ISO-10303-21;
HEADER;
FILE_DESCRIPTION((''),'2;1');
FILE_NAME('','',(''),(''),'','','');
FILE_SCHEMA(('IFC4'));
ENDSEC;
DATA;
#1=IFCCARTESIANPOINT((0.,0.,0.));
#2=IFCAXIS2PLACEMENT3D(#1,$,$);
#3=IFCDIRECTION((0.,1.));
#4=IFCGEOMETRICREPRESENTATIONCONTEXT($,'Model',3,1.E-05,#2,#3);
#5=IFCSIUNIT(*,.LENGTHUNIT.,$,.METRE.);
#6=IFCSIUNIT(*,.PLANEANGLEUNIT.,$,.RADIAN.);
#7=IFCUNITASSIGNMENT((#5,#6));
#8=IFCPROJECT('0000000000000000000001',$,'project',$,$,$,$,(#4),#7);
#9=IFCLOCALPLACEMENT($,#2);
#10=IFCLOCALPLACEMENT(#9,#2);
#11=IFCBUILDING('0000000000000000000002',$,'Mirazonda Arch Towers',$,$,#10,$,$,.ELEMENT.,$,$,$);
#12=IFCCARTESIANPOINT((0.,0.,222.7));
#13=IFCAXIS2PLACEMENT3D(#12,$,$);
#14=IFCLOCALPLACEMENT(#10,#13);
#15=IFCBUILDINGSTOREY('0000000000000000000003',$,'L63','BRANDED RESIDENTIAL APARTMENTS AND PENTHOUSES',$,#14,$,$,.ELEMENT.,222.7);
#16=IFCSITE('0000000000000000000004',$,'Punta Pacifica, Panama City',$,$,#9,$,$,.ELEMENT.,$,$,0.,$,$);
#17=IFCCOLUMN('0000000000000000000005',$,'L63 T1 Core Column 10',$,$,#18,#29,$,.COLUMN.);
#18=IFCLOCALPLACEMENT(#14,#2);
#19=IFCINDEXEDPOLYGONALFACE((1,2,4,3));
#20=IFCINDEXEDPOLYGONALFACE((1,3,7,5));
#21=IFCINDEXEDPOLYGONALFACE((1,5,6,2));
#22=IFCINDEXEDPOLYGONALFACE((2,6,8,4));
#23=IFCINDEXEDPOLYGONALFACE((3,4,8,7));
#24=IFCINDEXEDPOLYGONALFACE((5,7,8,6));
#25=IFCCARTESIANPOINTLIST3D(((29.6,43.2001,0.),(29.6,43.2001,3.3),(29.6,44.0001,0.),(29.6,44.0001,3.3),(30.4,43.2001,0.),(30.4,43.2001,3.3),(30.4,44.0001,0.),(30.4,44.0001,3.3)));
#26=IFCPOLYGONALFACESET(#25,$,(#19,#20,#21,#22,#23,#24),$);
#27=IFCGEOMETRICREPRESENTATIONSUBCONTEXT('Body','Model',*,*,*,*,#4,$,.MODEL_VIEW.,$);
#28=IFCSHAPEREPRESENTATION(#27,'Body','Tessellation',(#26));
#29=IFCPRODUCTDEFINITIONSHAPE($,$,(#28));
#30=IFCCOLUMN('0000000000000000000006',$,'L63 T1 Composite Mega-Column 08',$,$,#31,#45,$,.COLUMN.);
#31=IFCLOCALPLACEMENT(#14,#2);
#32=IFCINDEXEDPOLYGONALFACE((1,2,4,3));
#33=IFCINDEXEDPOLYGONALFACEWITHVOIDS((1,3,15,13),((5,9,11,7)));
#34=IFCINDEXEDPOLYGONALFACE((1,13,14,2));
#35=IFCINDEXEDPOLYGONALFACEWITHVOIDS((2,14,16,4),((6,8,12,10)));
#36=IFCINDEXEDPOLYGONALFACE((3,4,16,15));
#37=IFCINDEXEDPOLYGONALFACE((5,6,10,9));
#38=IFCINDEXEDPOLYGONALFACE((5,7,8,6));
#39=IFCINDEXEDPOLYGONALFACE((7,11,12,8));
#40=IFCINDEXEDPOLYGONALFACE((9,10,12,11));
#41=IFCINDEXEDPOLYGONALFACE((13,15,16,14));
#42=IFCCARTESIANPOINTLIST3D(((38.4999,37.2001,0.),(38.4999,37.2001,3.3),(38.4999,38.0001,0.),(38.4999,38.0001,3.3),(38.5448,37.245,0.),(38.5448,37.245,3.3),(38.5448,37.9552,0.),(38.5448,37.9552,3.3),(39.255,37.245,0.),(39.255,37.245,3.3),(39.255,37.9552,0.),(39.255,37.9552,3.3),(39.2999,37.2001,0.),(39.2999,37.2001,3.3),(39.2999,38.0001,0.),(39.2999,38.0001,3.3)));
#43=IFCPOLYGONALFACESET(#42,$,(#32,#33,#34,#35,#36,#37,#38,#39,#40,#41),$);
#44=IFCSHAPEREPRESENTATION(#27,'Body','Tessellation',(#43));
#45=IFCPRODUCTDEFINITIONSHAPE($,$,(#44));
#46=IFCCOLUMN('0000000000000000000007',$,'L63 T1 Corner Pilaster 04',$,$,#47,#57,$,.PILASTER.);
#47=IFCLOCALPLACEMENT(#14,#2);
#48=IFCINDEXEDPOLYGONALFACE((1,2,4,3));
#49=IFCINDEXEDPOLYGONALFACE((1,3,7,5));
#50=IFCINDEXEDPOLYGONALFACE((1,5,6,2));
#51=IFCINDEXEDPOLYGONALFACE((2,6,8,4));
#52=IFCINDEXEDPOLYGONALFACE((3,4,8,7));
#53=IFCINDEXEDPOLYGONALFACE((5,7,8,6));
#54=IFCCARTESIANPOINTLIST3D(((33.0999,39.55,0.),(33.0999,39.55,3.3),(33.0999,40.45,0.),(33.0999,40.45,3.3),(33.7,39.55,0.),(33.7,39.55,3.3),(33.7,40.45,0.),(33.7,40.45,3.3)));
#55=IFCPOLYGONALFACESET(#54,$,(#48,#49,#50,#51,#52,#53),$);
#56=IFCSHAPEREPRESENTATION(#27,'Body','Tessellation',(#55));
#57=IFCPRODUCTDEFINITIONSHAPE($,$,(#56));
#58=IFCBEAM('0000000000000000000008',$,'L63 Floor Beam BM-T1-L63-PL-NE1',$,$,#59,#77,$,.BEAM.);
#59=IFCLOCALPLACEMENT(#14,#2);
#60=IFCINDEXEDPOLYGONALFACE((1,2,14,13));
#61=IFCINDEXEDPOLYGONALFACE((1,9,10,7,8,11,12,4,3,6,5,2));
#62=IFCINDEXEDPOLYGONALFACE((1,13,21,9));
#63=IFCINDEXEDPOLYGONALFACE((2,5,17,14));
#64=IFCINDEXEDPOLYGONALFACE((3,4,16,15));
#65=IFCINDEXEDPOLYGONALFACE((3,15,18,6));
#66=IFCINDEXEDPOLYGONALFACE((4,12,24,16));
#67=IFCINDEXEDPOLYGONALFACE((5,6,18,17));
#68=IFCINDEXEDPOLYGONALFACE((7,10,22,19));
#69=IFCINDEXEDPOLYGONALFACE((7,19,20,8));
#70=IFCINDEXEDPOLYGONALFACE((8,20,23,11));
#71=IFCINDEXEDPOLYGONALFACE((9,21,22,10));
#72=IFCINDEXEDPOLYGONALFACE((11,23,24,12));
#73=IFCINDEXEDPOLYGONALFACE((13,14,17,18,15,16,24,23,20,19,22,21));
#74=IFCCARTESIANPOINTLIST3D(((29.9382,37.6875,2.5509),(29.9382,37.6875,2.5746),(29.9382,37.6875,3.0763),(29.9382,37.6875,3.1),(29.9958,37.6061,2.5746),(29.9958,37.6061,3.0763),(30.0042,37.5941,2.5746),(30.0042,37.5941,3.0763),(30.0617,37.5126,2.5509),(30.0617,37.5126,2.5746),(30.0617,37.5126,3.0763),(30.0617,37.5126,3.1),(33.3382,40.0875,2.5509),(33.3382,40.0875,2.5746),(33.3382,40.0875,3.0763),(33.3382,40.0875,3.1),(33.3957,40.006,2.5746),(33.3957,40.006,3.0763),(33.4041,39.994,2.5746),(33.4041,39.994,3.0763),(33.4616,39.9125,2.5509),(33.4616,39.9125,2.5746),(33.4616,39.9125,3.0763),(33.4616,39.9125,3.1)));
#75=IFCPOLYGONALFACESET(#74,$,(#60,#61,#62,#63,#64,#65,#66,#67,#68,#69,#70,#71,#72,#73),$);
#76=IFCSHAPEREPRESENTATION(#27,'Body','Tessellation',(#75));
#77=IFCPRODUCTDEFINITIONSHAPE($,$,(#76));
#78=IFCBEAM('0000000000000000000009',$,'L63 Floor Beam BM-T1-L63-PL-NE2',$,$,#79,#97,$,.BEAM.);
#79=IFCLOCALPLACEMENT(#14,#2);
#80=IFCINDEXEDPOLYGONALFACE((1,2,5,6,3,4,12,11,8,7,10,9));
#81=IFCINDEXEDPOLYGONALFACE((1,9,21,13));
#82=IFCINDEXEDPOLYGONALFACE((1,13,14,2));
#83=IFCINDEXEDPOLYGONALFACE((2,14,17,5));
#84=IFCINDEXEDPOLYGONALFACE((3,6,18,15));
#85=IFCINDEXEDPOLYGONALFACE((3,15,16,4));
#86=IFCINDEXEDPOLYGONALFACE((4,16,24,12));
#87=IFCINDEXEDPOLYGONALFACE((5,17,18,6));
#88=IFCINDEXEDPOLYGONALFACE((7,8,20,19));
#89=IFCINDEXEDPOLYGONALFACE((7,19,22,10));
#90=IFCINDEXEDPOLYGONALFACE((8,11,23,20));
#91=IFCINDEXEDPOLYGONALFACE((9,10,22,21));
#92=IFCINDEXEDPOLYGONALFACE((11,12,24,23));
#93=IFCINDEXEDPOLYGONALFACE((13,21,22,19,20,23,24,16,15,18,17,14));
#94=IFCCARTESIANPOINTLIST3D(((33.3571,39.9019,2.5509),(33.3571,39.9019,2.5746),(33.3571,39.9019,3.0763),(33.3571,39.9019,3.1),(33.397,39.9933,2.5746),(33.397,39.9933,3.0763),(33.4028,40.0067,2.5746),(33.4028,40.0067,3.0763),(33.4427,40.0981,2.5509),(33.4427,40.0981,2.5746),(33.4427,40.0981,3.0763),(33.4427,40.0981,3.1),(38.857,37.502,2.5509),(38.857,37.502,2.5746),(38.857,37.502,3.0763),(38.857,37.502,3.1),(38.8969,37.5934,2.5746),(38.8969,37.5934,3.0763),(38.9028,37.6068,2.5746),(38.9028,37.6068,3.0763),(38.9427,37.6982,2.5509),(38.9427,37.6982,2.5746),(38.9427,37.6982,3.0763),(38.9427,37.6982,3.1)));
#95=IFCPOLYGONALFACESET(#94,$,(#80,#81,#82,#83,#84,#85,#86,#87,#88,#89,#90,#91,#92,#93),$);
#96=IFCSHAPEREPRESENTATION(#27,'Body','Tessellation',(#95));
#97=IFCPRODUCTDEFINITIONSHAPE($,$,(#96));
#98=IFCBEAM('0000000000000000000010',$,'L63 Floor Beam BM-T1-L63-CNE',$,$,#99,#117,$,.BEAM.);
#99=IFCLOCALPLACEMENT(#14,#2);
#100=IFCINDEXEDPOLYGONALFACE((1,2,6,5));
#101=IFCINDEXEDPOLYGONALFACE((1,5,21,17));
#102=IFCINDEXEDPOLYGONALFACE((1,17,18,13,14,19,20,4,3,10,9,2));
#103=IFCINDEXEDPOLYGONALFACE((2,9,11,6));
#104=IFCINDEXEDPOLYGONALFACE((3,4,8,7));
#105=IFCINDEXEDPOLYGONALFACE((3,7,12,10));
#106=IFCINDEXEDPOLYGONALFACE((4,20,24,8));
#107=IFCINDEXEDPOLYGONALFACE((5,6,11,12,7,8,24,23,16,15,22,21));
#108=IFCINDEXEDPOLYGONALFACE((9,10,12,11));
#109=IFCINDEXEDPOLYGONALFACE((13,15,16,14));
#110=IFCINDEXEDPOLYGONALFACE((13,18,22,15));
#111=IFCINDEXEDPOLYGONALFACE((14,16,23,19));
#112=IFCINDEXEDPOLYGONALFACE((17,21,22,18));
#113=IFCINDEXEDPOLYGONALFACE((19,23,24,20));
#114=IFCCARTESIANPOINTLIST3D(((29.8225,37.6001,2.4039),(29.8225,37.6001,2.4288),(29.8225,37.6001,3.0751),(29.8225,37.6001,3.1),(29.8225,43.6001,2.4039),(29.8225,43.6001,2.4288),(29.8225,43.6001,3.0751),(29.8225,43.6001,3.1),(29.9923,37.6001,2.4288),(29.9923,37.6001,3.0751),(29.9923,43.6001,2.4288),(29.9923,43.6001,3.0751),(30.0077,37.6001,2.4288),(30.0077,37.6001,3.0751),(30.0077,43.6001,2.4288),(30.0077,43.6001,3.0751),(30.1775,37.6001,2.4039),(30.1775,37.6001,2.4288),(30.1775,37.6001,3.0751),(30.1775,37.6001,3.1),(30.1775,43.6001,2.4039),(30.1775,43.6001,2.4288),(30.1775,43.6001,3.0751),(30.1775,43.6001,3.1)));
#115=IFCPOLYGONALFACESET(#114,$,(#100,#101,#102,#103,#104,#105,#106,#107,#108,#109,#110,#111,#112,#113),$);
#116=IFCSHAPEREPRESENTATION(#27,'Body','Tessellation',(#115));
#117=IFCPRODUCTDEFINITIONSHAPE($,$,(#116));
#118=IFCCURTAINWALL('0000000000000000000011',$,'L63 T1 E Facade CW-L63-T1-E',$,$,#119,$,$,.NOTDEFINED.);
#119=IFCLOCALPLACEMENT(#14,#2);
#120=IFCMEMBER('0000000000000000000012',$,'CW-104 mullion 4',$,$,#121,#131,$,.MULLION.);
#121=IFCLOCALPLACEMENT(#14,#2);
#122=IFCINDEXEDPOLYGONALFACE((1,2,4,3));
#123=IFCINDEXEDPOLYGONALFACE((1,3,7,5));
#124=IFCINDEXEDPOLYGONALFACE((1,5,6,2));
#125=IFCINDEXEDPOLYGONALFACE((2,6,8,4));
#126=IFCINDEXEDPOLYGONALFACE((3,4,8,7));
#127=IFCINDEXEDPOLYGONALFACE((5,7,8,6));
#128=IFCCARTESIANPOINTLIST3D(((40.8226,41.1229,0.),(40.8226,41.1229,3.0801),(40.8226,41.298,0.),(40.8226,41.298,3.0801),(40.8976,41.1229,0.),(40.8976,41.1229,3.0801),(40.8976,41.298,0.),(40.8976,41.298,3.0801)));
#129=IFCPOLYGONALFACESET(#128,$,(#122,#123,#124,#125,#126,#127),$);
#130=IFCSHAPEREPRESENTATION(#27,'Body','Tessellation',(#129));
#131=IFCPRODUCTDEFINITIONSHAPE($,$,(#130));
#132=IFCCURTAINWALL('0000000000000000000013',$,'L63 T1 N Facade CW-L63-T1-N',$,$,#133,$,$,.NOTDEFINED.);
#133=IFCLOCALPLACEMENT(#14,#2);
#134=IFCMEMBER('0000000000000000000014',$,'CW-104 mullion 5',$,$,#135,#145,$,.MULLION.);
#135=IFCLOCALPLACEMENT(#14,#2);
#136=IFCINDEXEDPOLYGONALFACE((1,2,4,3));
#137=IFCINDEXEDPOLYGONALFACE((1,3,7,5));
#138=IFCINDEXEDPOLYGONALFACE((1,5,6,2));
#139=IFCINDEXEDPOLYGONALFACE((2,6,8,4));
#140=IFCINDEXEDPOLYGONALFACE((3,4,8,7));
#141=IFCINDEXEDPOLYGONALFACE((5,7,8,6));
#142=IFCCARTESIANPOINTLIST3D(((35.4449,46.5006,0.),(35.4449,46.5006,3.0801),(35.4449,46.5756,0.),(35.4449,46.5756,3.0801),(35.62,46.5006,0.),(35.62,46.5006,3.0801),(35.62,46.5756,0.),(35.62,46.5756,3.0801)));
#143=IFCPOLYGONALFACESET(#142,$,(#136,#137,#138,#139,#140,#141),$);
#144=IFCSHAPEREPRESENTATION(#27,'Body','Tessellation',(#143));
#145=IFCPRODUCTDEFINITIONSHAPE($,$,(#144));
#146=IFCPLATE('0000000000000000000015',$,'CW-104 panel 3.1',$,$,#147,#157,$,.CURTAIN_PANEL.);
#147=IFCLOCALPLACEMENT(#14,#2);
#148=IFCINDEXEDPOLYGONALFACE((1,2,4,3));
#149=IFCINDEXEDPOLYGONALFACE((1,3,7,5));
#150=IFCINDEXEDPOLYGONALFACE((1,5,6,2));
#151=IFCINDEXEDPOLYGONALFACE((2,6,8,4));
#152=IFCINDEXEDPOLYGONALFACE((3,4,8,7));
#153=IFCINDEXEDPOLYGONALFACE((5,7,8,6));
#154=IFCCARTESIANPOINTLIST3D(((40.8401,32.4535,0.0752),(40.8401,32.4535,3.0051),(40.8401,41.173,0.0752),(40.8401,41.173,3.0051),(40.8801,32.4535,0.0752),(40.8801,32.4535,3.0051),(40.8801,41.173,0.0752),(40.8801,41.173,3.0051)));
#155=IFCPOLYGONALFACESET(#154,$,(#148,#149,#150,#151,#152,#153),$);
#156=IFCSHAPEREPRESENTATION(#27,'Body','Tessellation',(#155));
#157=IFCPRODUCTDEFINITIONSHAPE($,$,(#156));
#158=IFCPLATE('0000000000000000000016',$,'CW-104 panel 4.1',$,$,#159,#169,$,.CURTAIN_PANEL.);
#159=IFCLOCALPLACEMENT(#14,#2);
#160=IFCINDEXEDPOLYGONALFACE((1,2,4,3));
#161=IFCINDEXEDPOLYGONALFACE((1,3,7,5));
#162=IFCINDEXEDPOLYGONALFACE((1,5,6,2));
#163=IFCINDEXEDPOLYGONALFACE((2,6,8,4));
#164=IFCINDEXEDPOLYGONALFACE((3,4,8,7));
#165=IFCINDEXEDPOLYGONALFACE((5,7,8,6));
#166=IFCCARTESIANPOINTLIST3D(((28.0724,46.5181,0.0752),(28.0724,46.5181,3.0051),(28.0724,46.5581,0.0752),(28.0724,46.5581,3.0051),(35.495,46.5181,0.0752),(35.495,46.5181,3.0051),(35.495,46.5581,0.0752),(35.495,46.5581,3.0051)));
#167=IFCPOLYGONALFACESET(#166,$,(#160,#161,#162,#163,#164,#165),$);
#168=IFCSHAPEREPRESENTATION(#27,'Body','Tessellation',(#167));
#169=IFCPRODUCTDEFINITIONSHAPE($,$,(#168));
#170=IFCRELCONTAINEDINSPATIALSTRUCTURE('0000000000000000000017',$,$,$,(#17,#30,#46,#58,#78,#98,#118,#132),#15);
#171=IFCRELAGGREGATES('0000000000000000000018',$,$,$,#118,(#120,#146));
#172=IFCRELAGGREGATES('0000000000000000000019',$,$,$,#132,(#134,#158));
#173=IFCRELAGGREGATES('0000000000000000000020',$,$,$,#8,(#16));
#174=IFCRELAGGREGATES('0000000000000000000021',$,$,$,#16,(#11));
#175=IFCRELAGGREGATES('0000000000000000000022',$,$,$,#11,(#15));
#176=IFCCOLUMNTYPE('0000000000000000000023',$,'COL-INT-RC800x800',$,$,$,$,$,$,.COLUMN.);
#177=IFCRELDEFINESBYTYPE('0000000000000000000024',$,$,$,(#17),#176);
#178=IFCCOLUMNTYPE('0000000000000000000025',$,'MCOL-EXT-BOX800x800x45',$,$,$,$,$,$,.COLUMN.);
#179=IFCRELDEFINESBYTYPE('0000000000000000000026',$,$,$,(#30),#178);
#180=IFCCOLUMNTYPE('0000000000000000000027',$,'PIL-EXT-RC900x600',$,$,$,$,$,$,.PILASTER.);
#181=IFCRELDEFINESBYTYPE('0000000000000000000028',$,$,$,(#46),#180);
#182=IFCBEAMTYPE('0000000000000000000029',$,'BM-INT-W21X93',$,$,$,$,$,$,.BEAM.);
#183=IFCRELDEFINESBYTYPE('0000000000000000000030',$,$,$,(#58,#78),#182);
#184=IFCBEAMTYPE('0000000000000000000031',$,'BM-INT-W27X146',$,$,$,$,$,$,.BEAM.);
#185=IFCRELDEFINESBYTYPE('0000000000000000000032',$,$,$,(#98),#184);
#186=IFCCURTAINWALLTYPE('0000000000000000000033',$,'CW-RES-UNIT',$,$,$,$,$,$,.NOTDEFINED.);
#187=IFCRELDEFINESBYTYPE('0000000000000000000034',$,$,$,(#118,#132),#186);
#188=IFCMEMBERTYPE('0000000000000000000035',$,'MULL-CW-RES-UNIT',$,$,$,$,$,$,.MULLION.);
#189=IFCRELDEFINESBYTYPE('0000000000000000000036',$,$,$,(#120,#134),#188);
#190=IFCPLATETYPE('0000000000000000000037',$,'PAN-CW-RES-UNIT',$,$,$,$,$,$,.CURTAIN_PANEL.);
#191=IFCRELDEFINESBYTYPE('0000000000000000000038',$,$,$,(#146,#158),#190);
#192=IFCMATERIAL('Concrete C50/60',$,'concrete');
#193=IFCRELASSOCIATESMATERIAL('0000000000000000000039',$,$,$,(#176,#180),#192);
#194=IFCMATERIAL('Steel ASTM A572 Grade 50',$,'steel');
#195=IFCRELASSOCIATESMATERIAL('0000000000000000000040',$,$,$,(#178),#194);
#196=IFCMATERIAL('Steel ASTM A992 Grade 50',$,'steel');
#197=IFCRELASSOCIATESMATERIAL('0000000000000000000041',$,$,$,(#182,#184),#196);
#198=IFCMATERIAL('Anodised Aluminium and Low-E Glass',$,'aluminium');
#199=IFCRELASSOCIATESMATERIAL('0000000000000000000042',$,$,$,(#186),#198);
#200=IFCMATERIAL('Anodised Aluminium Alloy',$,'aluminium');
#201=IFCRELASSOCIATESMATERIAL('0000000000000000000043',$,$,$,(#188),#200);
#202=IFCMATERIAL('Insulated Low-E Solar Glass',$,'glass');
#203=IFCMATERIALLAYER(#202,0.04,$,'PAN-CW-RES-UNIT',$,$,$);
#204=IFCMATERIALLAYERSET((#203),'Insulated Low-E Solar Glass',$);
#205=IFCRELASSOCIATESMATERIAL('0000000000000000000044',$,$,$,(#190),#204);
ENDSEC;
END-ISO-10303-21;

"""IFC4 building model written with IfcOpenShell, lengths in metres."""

from ifc_helpers import new_model, si_unit, direction, frame, origin, origin_2d, place, context, subcontext, project, spatial, rectangle, hollow_rectangle, i_section, extrude, material, layer, layer_set, material_profile, profile_set, type_object, element, aggregate, save


model = new_model("IFC4")

# Units and contexts
model_context = context("Model", 3, precision=1e-05, world=origin(), true_north=direction((0.0, 1.0)))
body_context = subcontext(model_context, "Body", "Model", "MODEL_VIEW")
ifc_project = project(units=[si_unit("LENGTHUNIT", "METRE"), si_unit("PLANEANGLEUNIT", "RADIAN")], contexts=[model_context])

# Site, building, storey
site_placement = place(None, origin())
site = spatial("IfcSite", under=ifc_project, at=site_placement, Name="Punta Pacifica, Panama City", CompositionType="ELEMENT", RefElevation=0.0)
building_placement = place(site_placement, origin())
building = spatial("IfcBuilding", under=site, at=building_placement, Name="Mirazonda Arch Towers", CompositionType="ELEMENT")
storey_placement = place(building_placement, frame((0.0, 0.0, 222.7)))
storey = spatial("IfcBuildingStorey", under=building, at=storey_placement, Name="L63", Description="BRANDED RESIDENTIAL APARTMENTS AND PENTHOUSES", CompositionType="ELEMENT", Elevation=222.7)

# Columns
ifc_material_1 = material(Name="Concrete C50/60", Category="concrete")
ifc_material_profile_1 = material_profile(ifc_material_1, rectangle(XDim=0.8, YDim=0.8, at=origin_2d()), Name="RC800x800")
ifc_profile_set_1 = profile_set([ifc_material_profile_1], Name="Concrete C50/60")
column_type_1 = type_object("IfcColumnType", Name="COL-INT-RC800x800", PredefinedType="COLUMN", material=ifc_profile_set_1)
column_1_placement = place(storey_placement, frame((30.0, 43.6001, 0.0), z_axis=(0.0, 0.0, 1.0), x_axis=(1.0, 0.0, 0.0)))
element("IfcColumn", 1, at=column_1_placement, inside=storey, type_object=column_type_1, Name="L63 T1 Core Column 10", PredefinedType="COLUMN", context=body_context, shape_type="SweptSolid", body=[
    extrude(rectangle(XDim=0.8, YDim=0.8, at=origin_2d()), origin(), (0.0, 0.0, 1.0), 3.3),
])
ifc_material_2 = material(Name="Steel ASTM A572 Grade 50", Category="steel")
ifc_material_profile_2 = material_profile(ifc_material_2, hollow_rectangle(XDim=0.8, YDim=0.8, WallThickness=0.0449, at=origin_2d()), Name="BOX800x800x45")
ifc_profile_set_2 = profile_set([ifc_material_profile_2], Name="Steel ASTM A572 Grade 50")
column_type_2 = type_object("IfcColumnType", Name="MCOL-EXT-BOX800x800x45", PredefinedType="COLUMN", material=ifc_profile_set_2)
column_2_placement = place(storey_placement, frame((38.8999, 37.6001, 0.0), z_axis=(0.0, 0.0, 1.0), x_axis=(1.0, 0.0, 0.0)))
element("IfcColumn", 2, at=column_2_placement, inside=storey, type_object=column_type_2, Name="L63 T1 Composite Mega-Column 08", PredefinedType="COLUMN", context=body_context, shape_type="SweptSolid", body=[
    extrude(hollow_rectangle(XDim=0.8, YDim=0.8, WallThickness=0.0449, at=origin_2d()), origin(), (0.0, 0.0, 1.0), 3.3),
])
ifc_material_profile_3 = material_profile(ifc_material_1, rectangle(XDim=0.6001, YDim=0.8999, at=origin_2d()), Name="RC900x600")
ifc_profile_set_3 = profile_set([ifc_material_profile_3], Name="Concrete C50/60")
column_type_3 = type_object("IfcColumnType", Name="PIL-EXT-RC900x600", PredefinedType="PILASTER", material=ifc_profile_set_3)
column_3_placement = place(storey_placement, frame((33.3999, 40.0, 0.0), z_axis=(0.0, 0.0, 1.0), x_axis=(1.0, 0.0, 0.0)))
element("IfcColumn", 3, at=column_3_placement, inside=storey, type_object=column_type_3, Name="L63 T1 Corner Pilaster 04", PredefinedType="PILASTER", context=body_context, shape_type="SweptSolid", body=[
    extrude(rectangle(XDim=0.6001, YDim=0.8999, at=origin_2d()), origin(), (0.0, 0.0, 1.0), 3.3),
])

# Beams
ifc_material_3 = material(Name="Steel ASTM A992 Grade 50", Category="steel")
ifc_material_profile_4 = material_profile(ifc_material_3, i_section(OverallWidth=0.2141, OverallDepth=0.5491, WebThickness=0.0146, FlangeThickness=0.0237, at=origin_2d()), Name="W21X93")
ifc_profile_set_4 = profile_set([ifc_material_profile_4], Name="Steel ASTM A992 Grade 50")
beam_type_1 = type_object("IfcBeamType", Name="BM-INT-W21X93", PredefinedType="BEAM", material=ifc_profile_set_4)
beam_1_placement = place(storey_placement, frame((33.3999, 40.0, 2.8254), z_axis=(-0.816971, -0.576679, 0.0), x_axis=(0.576679, -0.816971, 0.0)))
element("IfcBeam", 4, at=beam_1_placement, inside=storey, type_object=beam_type_1, Name="L63 Floor Beam BM-T1-L63-PL-NE1", PredefinedType="BEAM", context=body_context, shape_type="SweptSolid", body=[
    extrude(i_section(OverallWidth=0.2141, OverallDepth=0.5491, WebThickness=0.0146, FlangeThickness=0.0237, at=origin_2d()), origin(), (0.0, 0.0, 1.0), 4.1616),
])
beam_2_placement = place(storey_placement, frame((33.3999, 40.0, 2.8254), z_axis=(0.916545, -0.399931, 0.0), x_axis=(0.399931, 0.916545, 0.0)))
element("IfcBeam", 5, at=beam_2_placement, inside=storey, type_object=beam_type_1, Name="L63 Floor Beam BM-T1-L63-PL-NE2", PredefinedType="BEAM", context=body_context, shape_type="SweptSolid", body=[
    extrude(i_section(OverallWidth=0.2141, OverallDepth=0.5491, WebThickness=0.0146, FlangeThickness=0.0237, at=origin_2d()), origin(), (0.0, 0.0, 1.0), 6.0007),
])
ifc_material_profile_5 = material_profile(ifc_material_3, i_section(OverallWidth=0.355, OverallDepth=0.696, WebThickness=0.0154, FlangeThickness=0.0249, at=origin_2d()), Name="W27X146")
ifc_profile_set_5 = profile_set([ifc_material_profile_5], Name="Steel ASTM A992 Grade 50")
beam_type_2 = type_object("IfcBeamType", Name="BM-INT-W27X146", PredefinedType="BEAM", material=ifc_profile_set_5)
beam_3_placement = place(storey_placement, frame((30.0, 37.6001, 2.752), z_axis=(0.0, 1.0, 0.0), x_axis=(-1.0, 0.0, 0.0)))
element("IfcBeam", 6, at=beam_3_placement, inside=storey, type_object=beam_type_2, Name="L63 Floor Beam BM-T1-L63-CNE", PredefinedType="BEAM", context=body_context, shape_type="SweptSolid", body=[
    extrude(i_section(OverallWidth=0.355, OverallDepth=0.696, WebThickness=0.0154, FlangeThickness=0.0249, at=origin_2d()), origin(), (0.0, 0.0, 1.0), 6.0),
])

# Curtain walls, members
ifc_material_4 = material(Name="Anodised Aluminium and Low-E Glass", Category="aluminium")
curtain_wall_type = type_object("IfcCurtainWallType", Name="CW-RES-UNIT", PredefinedType="NOTDEFINED", material=ifc_material_4)
curtain_wall_1_placement = place(storey_placement, origin())
curtain_wall_1 = element("IfcCurtainWall", 7, at=curtain_wall_1_placement, inside=storey, type_object=curtain_wall_type, Name="L63 T1 E Facade CW-L63-T1-E", PredefinedType="NOTDEFINED")
ifc_material_5 = material(Name="Anodised Aluminium Alloy", Category="aluminium")
ifc_material_profile_6 = material_profile(ifc_material_5, rectangle(XDim=0.075, YDim=0.175, at=origin_2d()), Name="ALU-MULL-75x175")
ifc_profile_set_6 = profile_set([ifc_material_profile_6], Name="Anodised Aluminium Alloy")
member_type = type_object("IfcMemberType", Name="MULL-CW-RES-UNIT", PredefinedType="MULLION", material=ifc_profile_set_6)
member_1_placement = place(storey_placement, frame((40.8601, 41.2104, 0.0), z_axis=(0.0, 0.0, 1.0), x_axis=(-1.0, 0.0, 0.0)))
member_1 = element("IfcMember", 8, at=member_1_placement, type_object=member_type, Name="CW-104 mullion 4", PredefinedType="MULLION", context=body_context, shape_type="SweptSolid", body=[
    extrude(rectangle(XDim=0.075, YDim=0.175, at=origin_2d()), origin(), (0.0, 0.0, 1.0), 3.0801),
])
curtain_wall_2_placement = place(storey_placement, origin())
curtain_wall_2 = element("IfcCurtainWall", 9, at=curtain_wall_2_placement, inside=storey, type_object=curtain_wall_type, Name="L63 T1 N Facade CW-L63-T1-N", PredefinedType="NOTDEFINED")
member_2_placement = place(storey_placement, frame((35.5325, 46.5381, 0.0), z_axis=(0.0, 0.0, 1.0), x_axis=(0.0, 1.0, 0.0)))
member_2 = element("IfcMember", 10, at=member_2_placement, type_object=member_type, Name="CW-104 mullion 5", PredefinedType="MULLION", context=body_context, shape_type="SweptSolid", body=[
    extrude(rectangle(XDim=0.075, YDim=0.175, at=origin_2d()), origin(), (0.0, 0.0, 1.0), 3.0801),
])

# Plates
ifc_material_6 = material(Name="Insulated Low-E Solar Glass", Category="glass")
ifc_layer_1 = layer(ifc_material_6, 0.04, Name="PAN-CW-RES-UNIT")
ifc_layer_set_1 = layer_set([ifc_layer_1], Name="Insulated Low-E Solar Glass")
plate_type = type_object("IfcPlateType", Name="PAN-CW-RES-UNIT", PredefinedType="CURTAIN_PANEL", material=ifc_layer_set_1)
plate_1_placement = place(storey_placement, frame((40.8601, 36.8132, 0.0752), z_axis=(0.0, 0.0, 1.0), x_axis=(0.0, 1.0, 0.0)))
plate_1 = element("IfcPlate", 11, at=plate_1_placement, type_object=plate_type, Name="CW-104 panel 3.1", PredefinedType="CURTAIN_PANEL", context=body_context, shape_type="SweptSolid", body=[
    extrude(rectangle(XDim=8.7195, YDim=0.04, at=origin_2d()), origin(), (0.0, 0.0, 1.0), 2.9299),
])
aggregate(curtain_wall_1, [member_1, plate_1])
plate_2_placement = place(storey_placement, frame((31.7837, 46.5381, 0.0752), z_axis=(0.0, 0.0, 1.0), x_axis=(1.0, 0.0, 0.0)))
plate_2 = element("IfcPlate", 12, at=plate_2_placement, type_object=plate_type, Name="CW-104 panel 4.1", PredefinedType="CURTAIN_PANEL", context=body_context, shape_type="SweptSolid", body=[
    extrude(rectangle(XDim=7.4226, YDim=0.04, at=origin_2d()), origin(), (0.0, 0.0, 1.0), 2.9299),
])
aggregate(curtain_wall_2, [member_2, plate_2])

save(model, "model.ifc")
